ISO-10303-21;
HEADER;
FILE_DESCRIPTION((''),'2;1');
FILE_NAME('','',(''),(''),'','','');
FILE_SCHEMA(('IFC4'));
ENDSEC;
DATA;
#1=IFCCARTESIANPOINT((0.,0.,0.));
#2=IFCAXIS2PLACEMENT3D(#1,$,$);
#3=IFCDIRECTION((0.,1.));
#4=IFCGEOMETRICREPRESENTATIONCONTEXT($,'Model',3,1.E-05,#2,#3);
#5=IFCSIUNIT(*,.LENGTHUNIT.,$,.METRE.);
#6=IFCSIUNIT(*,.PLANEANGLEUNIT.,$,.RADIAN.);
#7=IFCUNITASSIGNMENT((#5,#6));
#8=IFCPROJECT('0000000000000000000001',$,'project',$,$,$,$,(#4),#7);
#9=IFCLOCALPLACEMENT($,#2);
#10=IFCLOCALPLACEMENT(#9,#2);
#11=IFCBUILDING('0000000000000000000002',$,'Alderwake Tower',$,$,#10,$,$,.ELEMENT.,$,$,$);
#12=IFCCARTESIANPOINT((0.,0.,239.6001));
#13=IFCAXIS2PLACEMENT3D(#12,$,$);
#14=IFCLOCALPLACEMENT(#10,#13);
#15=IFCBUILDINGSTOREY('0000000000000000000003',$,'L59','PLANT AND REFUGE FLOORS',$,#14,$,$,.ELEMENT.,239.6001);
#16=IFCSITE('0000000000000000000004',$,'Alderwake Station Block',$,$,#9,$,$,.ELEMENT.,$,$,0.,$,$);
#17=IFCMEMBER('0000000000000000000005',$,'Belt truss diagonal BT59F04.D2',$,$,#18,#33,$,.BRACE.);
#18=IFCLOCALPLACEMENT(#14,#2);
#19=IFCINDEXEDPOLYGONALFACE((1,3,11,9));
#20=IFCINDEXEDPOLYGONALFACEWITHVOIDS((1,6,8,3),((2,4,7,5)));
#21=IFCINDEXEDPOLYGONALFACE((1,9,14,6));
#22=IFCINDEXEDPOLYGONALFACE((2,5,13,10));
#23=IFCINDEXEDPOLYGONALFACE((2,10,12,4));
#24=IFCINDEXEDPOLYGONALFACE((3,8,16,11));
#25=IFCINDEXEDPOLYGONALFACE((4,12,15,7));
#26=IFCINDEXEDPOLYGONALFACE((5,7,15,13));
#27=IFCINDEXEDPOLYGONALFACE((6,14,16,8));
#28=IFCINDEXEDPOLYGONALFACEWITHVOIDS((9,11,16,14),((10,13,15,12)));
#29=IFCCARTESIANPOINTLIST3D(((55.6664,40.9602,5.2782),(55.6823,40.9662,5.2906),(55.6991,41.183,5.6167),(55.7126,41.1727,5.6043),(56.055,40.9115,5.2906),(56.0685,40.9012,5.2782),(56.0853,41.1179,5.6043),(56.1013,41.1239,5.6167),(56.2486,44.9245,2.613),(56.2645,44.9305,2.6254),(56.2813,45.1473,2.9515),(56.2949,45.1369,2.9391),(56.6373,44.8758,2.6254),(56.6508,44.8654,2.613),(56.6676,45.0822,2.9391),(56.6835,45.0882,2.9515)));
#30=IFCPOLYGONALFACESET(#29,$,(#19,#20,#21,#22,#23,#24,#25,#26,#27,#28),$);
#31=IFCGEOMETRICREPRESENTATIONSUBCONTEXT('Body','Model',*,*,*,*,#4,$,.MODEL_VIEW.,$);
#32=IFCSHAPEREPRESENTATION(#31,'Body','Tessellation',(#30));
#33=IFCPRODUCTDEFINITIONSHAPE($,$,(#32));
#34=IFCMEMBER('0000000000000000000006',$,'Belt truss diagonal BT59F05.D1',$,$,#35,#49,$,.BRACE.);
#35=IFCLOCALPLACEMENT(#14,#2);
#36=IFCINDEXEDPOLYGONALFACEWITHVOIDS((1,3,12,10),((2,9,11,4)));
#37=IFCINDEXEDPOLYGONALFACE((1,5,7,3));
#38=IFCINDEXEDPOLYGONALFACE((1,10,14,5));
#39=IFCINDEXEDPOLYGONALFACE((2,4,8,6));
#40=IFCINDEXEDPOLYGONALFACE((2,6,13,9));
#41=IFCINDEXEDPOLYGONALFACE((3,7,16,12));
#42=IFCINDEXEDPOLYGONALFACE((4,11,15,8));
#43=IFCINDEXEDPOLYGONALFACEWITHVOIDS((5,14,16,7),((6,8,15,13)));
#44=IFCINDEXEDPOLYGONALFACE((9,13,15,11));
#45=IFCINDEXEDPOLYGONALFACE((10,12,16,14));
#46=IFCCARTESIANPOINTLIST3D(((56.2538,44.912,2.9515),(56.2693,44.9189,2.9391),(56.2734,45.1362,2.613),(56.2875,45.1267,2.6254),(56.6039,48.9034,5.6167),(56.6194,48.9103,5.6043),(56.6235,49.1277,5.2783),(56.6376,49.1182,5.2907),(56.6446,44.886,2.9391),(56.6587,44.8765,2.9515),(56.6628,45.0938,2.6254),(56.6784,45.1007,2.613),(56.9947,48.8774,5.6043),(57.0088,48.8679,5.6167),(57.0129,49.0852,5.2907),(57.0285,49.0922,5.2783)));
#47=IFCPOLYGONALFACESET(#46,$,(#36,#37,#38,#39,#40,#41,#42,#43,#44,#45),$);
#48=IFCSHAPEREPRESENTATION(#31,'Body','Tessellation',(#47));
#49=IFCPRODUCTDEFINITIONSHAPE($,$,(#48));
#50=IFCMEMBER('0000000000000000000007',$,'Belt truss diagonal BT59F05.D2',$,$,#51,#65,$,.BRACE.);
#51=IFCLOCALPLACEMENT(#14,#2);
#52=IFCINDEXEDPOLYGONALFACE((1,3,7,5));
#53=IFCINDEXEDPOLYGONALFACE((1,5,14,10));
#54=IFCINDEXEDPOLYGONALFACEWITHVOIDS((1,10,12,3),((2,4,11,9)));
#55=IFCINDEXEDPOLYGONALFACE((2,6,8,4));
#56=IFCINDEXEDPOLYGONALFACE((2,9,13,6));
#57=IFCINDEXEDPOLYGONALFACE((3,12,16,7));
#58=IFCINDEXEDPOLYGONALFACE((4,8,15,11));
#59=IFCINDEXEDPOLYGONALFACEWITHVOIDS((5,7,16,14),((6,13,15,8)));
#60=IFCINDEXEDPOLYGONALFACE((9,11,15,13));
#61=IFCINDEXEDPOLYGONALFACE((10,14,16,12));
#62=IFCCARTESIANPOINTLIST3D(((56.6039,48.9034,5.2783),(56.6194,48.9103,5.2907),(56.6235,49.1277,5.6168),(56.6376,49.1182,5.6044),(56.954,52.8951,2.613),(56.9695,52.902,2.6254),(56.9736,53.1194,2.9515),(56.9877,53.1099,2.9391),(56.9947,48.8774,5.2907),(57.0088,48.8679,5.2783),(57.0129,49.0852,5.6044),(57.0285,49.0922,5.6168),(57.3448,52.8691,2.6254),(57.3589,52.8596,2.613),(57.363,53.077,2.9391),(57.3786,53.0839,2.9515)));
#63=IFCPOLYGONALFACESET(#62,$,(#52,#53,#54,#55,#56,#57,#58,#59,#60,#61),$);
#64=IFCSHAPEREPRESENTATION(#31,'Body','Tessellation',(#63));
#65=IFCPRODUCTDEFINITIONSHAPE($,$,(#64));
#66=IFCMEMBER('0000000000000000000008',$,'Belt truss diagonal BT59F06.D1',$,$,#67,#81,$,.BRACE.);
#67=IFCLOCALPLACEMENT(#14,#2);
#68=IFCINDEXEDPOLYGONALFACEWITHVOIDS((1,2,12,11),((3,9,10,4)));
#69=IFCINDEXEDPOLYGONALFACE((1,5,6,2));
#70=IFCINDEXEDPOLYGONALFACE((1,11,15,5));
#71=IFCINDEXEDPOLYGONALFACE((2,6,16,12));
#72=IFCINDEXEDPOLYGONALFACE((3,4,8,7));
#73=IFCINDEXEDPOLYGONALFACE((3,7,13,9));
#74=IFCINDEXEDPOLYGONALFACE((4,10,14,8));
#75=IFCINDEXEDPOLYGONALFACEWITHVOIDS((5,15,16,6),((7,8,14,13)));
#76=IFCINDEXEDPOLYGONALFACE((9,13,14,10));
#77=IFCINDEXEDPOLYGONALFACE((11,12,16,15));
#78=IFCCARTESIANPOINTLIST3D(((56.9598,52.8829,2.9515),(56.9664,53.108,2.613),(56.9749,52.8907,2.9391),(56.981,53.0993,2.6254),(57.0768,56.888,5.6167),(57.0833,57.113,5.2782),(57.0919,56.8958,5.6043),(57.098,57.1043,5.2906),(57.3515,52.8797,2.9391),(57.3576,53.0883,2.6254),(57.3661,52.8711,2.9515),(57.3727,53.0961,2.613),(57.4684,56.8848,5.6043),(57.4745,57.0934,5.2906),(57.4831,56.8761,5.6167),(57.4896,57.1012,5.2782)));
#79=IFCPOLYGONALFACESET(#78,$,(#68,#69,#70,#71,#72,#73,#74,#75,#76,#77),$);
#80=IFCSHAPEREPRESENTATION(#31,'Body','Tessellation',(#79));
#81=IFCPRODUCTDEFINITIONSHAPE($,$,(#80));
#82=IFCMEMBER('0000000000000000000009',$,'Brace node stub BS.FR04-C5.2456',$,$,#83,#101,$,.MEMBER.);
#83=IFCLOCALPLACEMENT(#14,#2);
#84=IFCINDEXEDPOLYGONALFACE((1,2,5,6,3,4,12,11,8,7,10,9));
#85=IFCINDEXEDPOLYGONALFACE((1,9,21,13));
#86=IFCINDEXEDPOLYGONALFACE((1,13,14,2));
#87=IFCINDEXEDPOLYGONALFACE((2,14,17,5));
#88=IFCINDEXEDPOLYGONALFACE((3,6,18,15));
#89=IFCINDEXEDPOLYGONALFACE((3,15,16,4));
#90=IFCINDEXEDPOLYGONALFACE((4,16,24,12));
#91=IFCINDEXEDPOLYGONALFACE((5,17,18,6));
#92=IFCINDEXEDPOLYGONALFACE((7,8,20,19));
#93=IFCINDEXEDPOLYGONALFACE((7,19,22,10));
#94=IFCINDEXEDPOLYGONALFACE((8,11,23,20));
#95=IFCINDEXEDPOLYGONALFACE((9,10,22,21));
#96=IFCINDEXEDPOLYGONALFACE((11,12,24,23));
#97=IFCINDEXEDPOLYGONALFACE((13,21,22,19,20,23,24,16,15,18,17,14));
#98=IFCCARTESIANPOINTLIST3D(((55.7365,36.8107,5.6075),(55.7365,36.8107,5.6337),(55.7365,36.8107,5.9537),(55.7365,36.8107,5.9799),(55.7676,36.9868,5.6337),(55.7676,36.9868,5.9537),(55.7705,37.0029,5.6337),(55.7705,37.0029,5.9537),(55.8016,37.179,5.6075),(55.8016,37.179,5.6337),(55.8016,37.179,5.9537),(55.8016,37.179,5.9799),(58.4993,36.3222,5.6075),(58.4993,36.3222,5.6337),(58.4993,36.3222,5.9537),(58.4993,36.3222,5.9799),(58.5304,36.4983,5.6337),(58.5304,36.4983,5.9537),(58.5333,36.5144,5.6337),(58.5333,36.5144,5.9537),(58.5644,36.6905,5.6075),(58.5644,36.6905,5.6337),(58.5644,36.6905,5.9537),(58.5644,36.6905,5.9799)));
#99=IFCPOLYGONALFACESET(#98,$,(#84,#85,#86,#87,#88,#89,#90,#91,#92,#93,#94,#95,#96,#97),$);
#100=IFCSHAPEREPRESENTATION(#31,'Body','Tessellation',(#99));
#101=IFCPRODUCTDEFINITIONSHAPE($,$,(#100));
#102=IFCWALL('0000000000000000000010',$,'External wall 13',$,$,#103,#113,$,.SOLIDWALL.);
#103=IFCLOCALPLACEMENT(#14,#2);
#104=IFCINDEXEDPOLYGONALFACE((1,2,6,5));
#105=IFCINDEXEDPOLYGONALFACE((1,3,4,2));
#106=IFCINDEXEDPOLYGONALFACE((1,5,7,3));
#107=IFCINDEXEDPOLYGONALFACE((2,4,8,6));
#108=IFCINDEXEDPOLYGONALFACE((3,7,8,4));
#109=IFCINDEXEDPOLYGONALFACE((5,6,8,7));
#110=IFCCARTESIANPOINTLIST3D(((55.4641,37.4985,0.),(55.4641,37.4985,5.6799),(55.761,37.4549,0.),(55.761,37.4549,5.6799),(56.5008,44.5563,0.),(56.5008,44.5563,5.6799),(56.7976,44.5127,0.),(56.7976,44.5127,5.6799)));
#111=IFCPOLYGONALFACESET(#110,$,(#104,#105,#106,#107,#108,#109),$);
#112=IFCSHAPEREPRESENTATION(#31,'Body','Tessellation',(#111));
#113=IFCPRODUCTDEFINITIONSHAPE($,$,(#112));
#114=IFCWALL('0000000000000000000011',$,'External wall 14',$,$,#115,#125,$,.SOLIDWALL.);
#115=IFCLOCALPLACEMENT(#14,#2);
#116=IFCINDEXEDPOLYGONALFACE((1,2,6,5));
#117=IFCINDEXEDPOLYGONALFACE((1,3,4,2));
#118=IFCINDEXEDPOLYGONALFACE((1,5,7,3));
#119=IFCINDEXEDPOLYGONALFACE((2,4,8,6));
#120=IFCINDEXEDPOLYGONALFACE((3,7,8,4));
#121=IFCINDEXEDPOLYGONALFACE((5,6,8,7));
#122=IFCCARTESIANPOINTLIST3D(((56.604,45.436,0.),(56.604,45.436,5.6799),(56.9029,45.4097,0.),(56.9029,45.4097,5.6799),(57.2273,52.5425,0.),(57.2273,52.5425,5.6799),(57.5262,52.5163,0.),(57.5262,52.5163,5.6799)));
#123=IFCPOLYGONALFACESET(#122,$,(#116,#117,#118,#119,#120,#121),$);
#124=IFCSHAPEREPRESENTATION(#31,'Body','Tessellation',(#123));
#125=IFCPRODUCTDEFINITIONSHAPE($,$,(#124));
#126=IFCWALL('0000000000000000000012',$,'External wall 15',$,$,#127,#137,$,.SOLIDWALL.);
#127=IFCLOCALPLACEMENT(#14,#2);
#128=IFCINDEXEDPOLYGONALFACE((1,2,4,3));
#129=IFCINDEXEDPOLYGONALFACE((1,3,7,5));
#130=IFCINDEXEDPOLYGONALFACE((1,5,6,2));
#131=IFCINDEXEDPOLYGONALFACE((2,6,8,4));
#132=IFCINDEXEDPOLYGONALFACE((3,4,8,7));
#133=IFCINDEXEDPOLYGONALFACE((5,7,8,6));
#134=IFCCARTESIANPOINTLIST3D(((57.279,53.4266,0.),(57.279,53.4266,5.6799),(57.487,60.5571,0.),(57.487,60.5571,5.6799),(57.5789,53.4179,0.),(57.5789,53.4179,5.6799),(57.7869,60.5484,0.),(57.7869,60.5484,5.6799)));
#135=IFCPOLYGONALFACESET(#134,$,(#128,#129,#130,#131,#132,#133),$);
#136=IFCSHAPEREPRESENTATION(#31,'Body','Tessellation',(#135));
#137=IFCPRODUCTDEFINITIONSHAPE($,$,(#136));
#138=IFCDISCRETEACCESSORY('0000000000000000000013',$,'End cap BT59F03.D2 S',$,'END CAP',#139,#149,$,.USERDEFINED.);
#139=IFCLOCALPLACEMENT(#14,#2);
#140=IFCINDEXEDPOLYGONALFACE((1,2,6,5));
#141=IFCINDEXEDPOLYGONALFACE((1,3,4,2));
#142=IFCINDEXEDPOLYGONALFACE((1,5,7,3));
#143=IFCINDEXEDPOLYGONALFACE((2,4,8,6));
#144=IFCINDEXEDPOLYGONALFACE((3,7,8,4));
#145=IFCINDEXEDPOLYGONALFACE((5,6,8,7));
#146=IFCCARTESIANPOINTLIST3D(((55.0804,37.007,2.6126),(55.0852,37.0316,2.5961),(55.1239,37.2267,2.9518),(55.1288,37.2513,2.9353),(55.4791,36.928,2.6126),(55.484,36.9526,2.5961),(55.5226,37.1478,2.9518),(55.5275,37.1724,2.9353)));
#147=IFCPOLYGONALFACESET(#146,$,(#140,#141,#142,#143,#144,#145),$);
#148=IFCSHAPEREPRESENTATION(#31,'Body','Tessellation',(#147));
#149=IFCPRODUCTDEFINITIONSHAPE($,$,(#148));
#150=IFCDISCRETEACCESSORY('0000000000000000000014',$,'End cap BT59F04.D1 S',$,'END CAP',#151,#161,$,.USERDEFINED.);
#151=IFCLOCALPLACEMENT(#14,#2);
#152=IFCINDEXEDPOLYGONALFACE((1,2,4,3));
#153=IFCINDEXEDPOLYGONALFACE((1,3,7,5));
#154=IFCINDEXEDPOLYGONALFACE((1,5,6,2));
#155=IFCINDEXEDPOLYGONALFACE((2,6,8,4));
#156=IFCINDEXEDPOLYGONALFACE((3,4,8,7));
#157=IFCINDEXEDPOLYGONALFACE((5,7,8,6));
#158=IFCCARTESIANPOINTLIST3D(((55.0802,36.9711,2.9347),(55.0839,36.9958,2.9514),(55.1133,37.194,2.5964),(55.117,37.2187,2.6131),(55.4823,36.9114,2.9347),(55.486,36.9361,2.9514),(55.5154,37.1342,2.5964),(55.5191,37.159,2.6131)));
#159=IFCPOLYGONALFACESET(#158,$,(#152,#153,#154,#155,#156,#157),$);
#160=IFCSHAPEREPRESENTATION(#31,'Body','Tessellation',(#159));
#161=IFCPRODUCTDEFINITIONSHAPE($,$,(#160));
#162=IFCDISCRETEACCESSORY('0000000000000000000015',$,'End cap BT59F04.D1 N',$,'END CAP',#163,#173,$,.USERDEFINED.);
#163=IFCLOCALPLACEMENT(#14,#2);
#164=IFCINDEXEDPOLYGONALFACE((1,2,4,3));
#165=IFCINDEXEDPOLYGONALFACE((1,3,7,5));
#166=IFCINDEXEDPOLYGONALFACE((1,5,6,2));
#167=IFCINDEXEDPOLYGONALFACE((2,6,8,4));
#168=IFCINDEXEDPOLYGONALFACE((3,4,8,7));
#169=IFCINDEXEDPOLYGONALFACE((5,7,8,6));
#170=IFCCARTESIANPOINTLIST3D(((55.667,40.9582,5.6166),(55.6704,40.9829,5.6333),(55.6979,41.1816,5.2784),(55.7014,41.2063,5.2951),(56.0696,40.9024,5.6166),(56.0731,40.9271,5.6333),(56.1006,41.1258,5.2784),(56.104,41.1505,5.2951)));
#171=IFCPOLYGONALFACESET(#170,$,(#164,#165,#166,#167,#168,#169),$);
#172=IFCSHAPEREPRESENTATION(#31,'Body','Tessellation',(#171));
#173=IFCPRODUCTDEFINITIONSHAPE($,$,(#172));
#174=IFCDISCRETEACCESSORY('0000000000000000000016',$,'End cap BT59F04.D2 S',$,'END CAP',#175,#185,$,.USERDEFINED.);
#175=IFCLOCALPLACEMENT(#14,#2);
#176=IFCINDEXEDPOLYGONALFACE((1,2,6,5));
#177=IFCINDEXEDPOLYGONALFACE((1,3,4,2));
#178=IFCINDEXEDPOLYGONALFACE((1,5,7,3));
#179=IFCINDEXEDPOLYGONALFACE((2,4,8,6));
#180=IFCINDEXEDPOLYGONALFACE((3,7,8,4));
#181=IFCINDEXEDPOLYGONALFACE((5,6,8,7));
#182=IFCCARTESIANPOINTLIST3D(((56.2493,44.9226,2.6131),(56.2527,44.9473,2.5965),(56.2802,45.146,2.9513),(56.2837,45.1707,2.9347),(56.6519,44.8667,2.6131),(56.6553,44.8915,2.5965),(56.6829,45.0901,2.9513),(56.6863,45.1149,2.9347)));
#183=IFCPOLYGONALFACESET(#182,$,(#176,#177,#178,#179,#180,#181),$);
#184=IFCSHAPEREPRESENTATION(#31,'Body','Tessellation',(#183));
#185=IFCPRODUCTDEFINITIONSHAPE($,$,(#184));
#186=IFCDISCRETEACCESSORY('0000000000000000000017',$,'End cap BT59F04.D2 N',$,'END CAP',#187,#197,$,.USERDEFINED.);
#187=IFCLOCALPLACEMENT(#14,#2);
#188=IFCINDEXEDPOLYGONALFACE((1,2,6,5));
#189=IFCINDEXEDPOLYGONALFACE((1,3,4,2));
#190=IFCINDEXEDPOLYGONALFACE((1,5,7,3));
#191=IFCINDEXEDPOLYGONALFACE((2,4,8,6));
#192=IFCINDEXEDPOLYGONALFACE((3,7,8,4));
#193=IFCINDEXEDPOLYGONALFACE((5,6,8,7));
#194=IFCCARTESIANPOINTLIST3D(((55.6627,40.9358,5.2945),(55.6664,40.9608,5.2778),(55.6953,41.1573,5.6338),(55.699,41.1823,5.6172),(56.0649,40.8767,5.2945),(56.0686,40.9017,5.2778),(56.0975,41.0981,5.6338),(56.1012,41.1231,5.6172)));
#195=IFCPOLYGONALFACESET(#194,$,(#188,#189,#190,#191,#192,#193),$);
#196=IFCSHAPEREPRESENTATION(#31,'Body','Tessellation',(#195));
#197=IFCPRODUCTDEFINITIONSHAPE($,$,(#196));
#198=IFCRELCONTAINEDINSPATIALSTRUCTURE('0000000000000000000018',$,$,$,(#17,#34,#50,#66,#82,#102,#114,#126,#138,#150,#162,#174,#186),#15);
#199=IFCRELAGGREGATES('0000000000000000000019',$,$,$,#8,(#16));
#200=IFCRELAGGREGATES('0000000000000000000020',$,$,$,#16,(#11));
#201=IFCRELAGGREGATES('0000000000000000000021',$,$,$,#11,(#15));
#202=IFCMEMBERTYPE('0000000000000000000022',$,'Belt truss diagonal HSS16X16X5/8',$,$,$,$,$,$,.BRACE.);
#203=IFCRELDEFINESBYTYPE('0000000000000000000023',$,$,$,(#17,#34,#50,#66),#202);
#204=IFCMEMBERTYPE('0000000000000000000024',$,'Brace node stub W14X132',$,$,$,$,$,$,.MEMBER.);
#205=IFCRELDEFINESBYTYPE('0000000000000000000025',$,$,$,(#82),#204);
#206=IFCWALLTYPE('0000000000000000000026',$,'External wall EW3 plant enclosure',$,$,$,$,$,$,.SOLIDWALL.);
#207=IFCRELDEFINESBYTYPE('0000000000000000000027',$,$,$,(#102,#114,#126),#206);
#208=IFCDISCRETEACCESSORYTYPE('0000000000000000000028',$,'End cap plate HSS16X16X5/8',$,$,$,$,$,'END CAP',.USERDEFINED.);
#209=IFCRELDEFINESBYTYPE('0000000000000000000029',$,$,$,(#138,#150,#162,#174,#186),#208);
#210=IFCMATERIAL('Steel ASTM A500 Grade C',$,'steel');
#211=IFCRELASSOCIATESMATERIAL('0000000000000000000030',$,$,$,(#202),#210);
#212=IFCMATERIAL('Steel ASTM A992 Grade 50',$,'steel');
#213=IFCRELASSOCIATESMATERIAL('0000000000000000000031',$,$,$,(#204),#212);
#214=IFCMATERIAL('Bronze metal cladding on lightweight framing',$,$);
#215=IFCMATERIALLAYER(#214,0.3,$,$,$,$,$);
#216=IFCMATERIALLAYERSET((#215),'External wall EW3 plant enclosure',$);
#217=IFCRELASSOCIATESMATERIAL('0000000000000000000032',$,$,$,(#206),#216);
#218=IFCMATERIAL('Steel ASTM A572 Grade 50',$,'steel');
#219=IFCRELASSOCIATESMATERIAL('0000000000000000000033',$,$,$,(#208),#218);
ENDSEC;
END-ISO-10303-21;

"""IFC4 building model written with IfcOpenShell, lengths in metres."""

from ifc_helpers import new_model, si_unit, direction, frame, frame_2d, origin, origin_2d, place, context, subcontext, project, spatial, rectangle, hollow_rectangle, i_section, extrude, material, layer, layer_set, material_profile, profile_set, type_object, element, save


model = new_model("IFC4")

# Units and contexts
model_context = context("Model", 3, precision=1e-05, world=origin(), true_north=direction((0.0, 1.0)))
body_context = subcontext(model_context, "Body", "Model", "MODEL_VIEW")
ifc_project = project(units=[si_unit("LENGTHUNIT", "METRE"), si_unit("PLANEANGLEUNIT", "RADIAN")], contexts=[model_context])

# Site, building, storey
site_placement = place(None, origin())
site = spatial("IfcSite", under=ifc_project, at=site_placement, Name="Alderwake Station Block", CompositionType="ELEMENT", RefElevation=0.0)
building_placement = place(site_placement, origin())
building = spatial("IfcBuilding", under=site, at=building_placement, Name="Alderwake Tower", CompositionType="ELEMENT")
storey_placement = place(building_placement, frame((0.0, 0.0, 239.6001)))
storey = spatial("IfcBuildingStorey", under=building, at=storey_placement, Name="L59", Description="PLANT AND REFUGE FLOORS", CompositionType="ELEMENT", Elevation=239.6001)

# Members
ifc_material_1 = material(Name="Steel ASTM A500 Grade C", Category="steel")
ifc_material_profile_1 = material_profile(ifc_material_1, hollow_rectangle(XDim=0.4065, YDim=0.4065, WallThickness=0.0149, at=origin_2d()), Name="HSS16X16X5/8")
ifc_profile_set_1 = profile_set([ifc_material_profile_1], Name="Steel ASTM A500 Grade C")
member_type_1 = type_object("IfcMemberType", Name="Belt truss diagonal HSS16X16X5/8", PredefinedType="BRACE", material=ifc_profile_set_1)
for number, where, z_axis, x_axis, name in (
    (1, (56.4661, 45.0063, 2.7822), (-0.120996, -0.823785, 0.55384), (0.989385, -0.145319, 0.0), "Belt truss diagonal BT59F04.D2"),
    (2, (56.4661, 45.0063, 2.7822), (0.072751, 0.829432, 0.553851), (-0.996175, 0.087376, 0.0), "Belt truss diagonal BT59F05.D1"),
):
    element("IfcMember", number, at=place(storey_placement, frame(where, z_axis=z_axis, x_axis=x_axis)), inside=storey, type_object=member_type_1, Name=name, PredefinedType="BRACE", context=body_context, shape_type="SweptSolid", body=[
        extrude(hollow_rectangle(XDim=0.4065, YDim=0.4065, WallThickness=0.0149, at=origin_2d()), origin(), (0.0, 0.0, 1.0), 4.8123),
    ])
member_1_placement = place(storey_placement, frame((57.1663, 52.9895, 2.7822), z_axis=(-0.072748, -0.829447, 0.553827), x_axis=(0.996176, -0.087371, 0.0)))
element("IfcMember", 3, at=member_1_placement, inside=storey, type_object=member_type_1, Name="Belt truss diagonal BT59F05.D2", PredefinedType="BRACE", context=body_context, shape_type="SweptSolid", body=[
    extrude(hollow_rectangle(XDim=0.4065, YDim=0.4065, WallThickness=0.0149, at=origin_2d()), origin(), (0.0, 0.0, 1.0), 4.8125),
])
member_2_placement = place(storey_placement, frame((57.1663, 52.9895, 2.7822), z_axis=(0.024301, 0.832265, 0.553845), x_axis=(-0.999574, 0.029186, 0.0)))
element("IfcMember", 4, at=member_2_placement, inside=storey, type_object=member_type_1, Name="Belt truss diagonal BT59F06.D1", PredefinedType="BRACE", context=body_context, shape_type="SweptSolid", body=[
    extrude(hollow_rectangle(XDim=0.4065, YDim=0.4065, WallThickness=0.0149, at=origin_2d()), origin(), (0.0, 0.0, 1.0), 4.8123),
])
ifc_material_2 = material(Name="Steel ASTM A992 Grade 50", Category="steel")
ifc_material_profile_2 = material_profile(ifc_material_2, i_section(OverallWidth=0.374, OverallDepth=0.3723, WebThickness=0.0164, FlangeThickness=0.0261, at=origin_2d()), Name="W14X132")
ifc_profile_set_2 = profile_set([ifc_material_profile_2], Name="Steel ASTM A992 Grade 50")
member_type_2 = type_object("IfcMemberType", Name="Brace node stub W14X132", PredefinedType="MEMBER", material=ifc_profile_set_2)
member_3_placement = place(storey_placement, frame((55.769, 36.9949, 5.7937), z_axis=(0.984723, -0.174128, 0.0), x_axis=(0.174128, 0.984723, 0.0)))
element("IfcMember", 5, at=member_3_placement, inside=storey, type_object=member_type_2, Name="Brace node stub BS.FR04-C5.2456", PredefinedType="MEMBER", context=body_context, shape_type="SweptSolid", body=[
    extrude(i_section(OverallWidth=0.374, OverallDepth=0.3723, WebThickness=0.0164, FlangeThickness=0.0261, at=origin_2d()), origin(), (0.0, 0.0, 1.0), 2.8057),
])

# Walls
ifc_material_3 = material(Name="Bronze metal cladding on lightweight framing")
ifc_layer = layer(ifc_material_3, 0.3)
ifc_layer_set = layer_set([ifc_layer], Name="External wall EW3 plant enclosure")
wall_type = type_object("IfcWallType", Name="External wall EW3 plant enclosure", PredefinedType="SOLIDWALL", material=ifc_layer_set)
wall_1_placement = place(storey_placement, frame((55.6125, 37.4766, 0.0), z_axis=(0.0, 0.0, 1.0), x_axis=(0.145316, 0.989385, 0.0)))
element("IfcWall", 6, at=wall_1_placement, inside=storey, type_object=wall_type, Name="External wall 13", PredefinedType="SOLIDWALL", context=body_context, shape_type="SweptSolid", body=[
    extrude(rectangle(XDim=7.1335, YDim=0.3, at=frame_2d((3.5669, 0.0))), origin(), (0.0, 0.0, 1.0), 5.6799),
])
wall_2_placement = place(storey_placement, frame((56.7534, 45.4229, 0.0), z_axis=(0.0, 0.0, 1.0), x_axis=(0.087372, 0.996176, 0.0)))
element("IfcWall", 7, at=wall_2_placement, inside=storey, type_object=wall_type, Name="External wall 14", PredefinedType="SOLIDWALL", context=body_context, shape_type="SweptSolid", body=[
    extrude(rectangle(XDim=7.1338, YDim=0.3, at=frame_2d((3.5669, 0.0))), origin(), (0.0, 0.0, 1.0), 5.6799),
])
wall_3_placement = place(storey_placement, frame((57.429, 53.4221, 0.0), z_axis=(0.0, 0.0, 1.0), x_axis=(0.029159, 0.999575, 0.0)))
element("IfcWall", 8, at=wall_3_placement, inside=storey, type_object=wall_type, Name="External wall 15", PredefinedType="SOLIDWALL", context=body_context, shape_type="SweptSolid", body=[
    extrude(rectangle(XDim=7.1335, YDim=0.3, at=frame_2d((3.5669, 0.0))), origin(), (0.0, 0.0, 1.0), 5.6799),
])

# Discrete accessories
ifc_material_4 = material(Name="Steel ASTM A572 Grade 50", Category="steel")
ifc_material_profile_3 = material_profile(ifc_material_4, rectangle(XDim=0.4065, YDim=0.4065, at=origin_2d()), Name="HSS16X16X5/8 cap")
ifc_profile_set_3 = profile_set([ifc_material_profile_3], Name="Steel ASTM A572 Grade 50")
discrete_accessory_type_1 = type_object("IfcDiscreteAccessoryType", Name="End cap plate HSS16X16X5/8", ElementType="END CAP", PredefinedType="USERDEFINED", material=ifc_profile_set_3)
for number, where, z_axis, x_axis, name in (
    (9, (55.3015, 37.0774, 2.7822), (0.162088, 0.818545, -0.5511), (-0.980952, 0.194248, 0.0), "End cap BT59F03.D2 S"),
    (10, (55.3015, 37.0774, 2.7822), (-0.122271, -0.823291, -0.554295), (0.989151, -0.146904, 0.0), "End cap BT59F04.D1 S"),
    (11, (55.8838, 41.042, 5.4475), (0.11423, 0.824085, 0.554829), (-0.990529, 0.137301, 0.0), "End cap BT59F04.D1 N"),
    (12, (56.4661, 45.0063, 2.7822), (0.11423, 0.824085, -0.554829), (-0.990529, 0.137301, 0.0), "End cap BT59F04.D2 S"),
):
    element("IfcDiscreteAccessory", number, at=place(storey_placement, frame(where, z_axis=z_axis, x_axis=x_axis)), inside=storey, type_object=discrete_accessory_type_1, Name=name, ObjectType="END CAP", PredefinedType="USERDEFINED", context=body_context, shape_type="SweptSolid", body=[
        extrude(rectangle(XDim=0.4065, YDim=0.4065, at=origin_2d()), origin(), (0.0, 0.0, 1.0), 0.03),
    ])
discrete_accessory_placement = place(storey_placement, frame((55.8838, 41.042, 5.4475), z_axis=(-0.121455, -0.825891, 0.550594), x_axis=(0.989359, -0.145494, 0.0)))
element("IfcDiscreteAccessory", 13, at=discrete_accessory_placement, inside=storey, type_object=discrete_accessory_type_1, Name="End cap BT59F04.D2 N", ObjectType="END CAP", PredefinedType="USERDEFINED", context=body_context, shape_type="SweptSolid", body=[
    extrude(rectangle(XDim=0.4065, YDim=0.4065, at=origin_2d()), origin(), (0.0, 0.0, 1.0), 0.0303),
])

save(model, "model.ifc")
